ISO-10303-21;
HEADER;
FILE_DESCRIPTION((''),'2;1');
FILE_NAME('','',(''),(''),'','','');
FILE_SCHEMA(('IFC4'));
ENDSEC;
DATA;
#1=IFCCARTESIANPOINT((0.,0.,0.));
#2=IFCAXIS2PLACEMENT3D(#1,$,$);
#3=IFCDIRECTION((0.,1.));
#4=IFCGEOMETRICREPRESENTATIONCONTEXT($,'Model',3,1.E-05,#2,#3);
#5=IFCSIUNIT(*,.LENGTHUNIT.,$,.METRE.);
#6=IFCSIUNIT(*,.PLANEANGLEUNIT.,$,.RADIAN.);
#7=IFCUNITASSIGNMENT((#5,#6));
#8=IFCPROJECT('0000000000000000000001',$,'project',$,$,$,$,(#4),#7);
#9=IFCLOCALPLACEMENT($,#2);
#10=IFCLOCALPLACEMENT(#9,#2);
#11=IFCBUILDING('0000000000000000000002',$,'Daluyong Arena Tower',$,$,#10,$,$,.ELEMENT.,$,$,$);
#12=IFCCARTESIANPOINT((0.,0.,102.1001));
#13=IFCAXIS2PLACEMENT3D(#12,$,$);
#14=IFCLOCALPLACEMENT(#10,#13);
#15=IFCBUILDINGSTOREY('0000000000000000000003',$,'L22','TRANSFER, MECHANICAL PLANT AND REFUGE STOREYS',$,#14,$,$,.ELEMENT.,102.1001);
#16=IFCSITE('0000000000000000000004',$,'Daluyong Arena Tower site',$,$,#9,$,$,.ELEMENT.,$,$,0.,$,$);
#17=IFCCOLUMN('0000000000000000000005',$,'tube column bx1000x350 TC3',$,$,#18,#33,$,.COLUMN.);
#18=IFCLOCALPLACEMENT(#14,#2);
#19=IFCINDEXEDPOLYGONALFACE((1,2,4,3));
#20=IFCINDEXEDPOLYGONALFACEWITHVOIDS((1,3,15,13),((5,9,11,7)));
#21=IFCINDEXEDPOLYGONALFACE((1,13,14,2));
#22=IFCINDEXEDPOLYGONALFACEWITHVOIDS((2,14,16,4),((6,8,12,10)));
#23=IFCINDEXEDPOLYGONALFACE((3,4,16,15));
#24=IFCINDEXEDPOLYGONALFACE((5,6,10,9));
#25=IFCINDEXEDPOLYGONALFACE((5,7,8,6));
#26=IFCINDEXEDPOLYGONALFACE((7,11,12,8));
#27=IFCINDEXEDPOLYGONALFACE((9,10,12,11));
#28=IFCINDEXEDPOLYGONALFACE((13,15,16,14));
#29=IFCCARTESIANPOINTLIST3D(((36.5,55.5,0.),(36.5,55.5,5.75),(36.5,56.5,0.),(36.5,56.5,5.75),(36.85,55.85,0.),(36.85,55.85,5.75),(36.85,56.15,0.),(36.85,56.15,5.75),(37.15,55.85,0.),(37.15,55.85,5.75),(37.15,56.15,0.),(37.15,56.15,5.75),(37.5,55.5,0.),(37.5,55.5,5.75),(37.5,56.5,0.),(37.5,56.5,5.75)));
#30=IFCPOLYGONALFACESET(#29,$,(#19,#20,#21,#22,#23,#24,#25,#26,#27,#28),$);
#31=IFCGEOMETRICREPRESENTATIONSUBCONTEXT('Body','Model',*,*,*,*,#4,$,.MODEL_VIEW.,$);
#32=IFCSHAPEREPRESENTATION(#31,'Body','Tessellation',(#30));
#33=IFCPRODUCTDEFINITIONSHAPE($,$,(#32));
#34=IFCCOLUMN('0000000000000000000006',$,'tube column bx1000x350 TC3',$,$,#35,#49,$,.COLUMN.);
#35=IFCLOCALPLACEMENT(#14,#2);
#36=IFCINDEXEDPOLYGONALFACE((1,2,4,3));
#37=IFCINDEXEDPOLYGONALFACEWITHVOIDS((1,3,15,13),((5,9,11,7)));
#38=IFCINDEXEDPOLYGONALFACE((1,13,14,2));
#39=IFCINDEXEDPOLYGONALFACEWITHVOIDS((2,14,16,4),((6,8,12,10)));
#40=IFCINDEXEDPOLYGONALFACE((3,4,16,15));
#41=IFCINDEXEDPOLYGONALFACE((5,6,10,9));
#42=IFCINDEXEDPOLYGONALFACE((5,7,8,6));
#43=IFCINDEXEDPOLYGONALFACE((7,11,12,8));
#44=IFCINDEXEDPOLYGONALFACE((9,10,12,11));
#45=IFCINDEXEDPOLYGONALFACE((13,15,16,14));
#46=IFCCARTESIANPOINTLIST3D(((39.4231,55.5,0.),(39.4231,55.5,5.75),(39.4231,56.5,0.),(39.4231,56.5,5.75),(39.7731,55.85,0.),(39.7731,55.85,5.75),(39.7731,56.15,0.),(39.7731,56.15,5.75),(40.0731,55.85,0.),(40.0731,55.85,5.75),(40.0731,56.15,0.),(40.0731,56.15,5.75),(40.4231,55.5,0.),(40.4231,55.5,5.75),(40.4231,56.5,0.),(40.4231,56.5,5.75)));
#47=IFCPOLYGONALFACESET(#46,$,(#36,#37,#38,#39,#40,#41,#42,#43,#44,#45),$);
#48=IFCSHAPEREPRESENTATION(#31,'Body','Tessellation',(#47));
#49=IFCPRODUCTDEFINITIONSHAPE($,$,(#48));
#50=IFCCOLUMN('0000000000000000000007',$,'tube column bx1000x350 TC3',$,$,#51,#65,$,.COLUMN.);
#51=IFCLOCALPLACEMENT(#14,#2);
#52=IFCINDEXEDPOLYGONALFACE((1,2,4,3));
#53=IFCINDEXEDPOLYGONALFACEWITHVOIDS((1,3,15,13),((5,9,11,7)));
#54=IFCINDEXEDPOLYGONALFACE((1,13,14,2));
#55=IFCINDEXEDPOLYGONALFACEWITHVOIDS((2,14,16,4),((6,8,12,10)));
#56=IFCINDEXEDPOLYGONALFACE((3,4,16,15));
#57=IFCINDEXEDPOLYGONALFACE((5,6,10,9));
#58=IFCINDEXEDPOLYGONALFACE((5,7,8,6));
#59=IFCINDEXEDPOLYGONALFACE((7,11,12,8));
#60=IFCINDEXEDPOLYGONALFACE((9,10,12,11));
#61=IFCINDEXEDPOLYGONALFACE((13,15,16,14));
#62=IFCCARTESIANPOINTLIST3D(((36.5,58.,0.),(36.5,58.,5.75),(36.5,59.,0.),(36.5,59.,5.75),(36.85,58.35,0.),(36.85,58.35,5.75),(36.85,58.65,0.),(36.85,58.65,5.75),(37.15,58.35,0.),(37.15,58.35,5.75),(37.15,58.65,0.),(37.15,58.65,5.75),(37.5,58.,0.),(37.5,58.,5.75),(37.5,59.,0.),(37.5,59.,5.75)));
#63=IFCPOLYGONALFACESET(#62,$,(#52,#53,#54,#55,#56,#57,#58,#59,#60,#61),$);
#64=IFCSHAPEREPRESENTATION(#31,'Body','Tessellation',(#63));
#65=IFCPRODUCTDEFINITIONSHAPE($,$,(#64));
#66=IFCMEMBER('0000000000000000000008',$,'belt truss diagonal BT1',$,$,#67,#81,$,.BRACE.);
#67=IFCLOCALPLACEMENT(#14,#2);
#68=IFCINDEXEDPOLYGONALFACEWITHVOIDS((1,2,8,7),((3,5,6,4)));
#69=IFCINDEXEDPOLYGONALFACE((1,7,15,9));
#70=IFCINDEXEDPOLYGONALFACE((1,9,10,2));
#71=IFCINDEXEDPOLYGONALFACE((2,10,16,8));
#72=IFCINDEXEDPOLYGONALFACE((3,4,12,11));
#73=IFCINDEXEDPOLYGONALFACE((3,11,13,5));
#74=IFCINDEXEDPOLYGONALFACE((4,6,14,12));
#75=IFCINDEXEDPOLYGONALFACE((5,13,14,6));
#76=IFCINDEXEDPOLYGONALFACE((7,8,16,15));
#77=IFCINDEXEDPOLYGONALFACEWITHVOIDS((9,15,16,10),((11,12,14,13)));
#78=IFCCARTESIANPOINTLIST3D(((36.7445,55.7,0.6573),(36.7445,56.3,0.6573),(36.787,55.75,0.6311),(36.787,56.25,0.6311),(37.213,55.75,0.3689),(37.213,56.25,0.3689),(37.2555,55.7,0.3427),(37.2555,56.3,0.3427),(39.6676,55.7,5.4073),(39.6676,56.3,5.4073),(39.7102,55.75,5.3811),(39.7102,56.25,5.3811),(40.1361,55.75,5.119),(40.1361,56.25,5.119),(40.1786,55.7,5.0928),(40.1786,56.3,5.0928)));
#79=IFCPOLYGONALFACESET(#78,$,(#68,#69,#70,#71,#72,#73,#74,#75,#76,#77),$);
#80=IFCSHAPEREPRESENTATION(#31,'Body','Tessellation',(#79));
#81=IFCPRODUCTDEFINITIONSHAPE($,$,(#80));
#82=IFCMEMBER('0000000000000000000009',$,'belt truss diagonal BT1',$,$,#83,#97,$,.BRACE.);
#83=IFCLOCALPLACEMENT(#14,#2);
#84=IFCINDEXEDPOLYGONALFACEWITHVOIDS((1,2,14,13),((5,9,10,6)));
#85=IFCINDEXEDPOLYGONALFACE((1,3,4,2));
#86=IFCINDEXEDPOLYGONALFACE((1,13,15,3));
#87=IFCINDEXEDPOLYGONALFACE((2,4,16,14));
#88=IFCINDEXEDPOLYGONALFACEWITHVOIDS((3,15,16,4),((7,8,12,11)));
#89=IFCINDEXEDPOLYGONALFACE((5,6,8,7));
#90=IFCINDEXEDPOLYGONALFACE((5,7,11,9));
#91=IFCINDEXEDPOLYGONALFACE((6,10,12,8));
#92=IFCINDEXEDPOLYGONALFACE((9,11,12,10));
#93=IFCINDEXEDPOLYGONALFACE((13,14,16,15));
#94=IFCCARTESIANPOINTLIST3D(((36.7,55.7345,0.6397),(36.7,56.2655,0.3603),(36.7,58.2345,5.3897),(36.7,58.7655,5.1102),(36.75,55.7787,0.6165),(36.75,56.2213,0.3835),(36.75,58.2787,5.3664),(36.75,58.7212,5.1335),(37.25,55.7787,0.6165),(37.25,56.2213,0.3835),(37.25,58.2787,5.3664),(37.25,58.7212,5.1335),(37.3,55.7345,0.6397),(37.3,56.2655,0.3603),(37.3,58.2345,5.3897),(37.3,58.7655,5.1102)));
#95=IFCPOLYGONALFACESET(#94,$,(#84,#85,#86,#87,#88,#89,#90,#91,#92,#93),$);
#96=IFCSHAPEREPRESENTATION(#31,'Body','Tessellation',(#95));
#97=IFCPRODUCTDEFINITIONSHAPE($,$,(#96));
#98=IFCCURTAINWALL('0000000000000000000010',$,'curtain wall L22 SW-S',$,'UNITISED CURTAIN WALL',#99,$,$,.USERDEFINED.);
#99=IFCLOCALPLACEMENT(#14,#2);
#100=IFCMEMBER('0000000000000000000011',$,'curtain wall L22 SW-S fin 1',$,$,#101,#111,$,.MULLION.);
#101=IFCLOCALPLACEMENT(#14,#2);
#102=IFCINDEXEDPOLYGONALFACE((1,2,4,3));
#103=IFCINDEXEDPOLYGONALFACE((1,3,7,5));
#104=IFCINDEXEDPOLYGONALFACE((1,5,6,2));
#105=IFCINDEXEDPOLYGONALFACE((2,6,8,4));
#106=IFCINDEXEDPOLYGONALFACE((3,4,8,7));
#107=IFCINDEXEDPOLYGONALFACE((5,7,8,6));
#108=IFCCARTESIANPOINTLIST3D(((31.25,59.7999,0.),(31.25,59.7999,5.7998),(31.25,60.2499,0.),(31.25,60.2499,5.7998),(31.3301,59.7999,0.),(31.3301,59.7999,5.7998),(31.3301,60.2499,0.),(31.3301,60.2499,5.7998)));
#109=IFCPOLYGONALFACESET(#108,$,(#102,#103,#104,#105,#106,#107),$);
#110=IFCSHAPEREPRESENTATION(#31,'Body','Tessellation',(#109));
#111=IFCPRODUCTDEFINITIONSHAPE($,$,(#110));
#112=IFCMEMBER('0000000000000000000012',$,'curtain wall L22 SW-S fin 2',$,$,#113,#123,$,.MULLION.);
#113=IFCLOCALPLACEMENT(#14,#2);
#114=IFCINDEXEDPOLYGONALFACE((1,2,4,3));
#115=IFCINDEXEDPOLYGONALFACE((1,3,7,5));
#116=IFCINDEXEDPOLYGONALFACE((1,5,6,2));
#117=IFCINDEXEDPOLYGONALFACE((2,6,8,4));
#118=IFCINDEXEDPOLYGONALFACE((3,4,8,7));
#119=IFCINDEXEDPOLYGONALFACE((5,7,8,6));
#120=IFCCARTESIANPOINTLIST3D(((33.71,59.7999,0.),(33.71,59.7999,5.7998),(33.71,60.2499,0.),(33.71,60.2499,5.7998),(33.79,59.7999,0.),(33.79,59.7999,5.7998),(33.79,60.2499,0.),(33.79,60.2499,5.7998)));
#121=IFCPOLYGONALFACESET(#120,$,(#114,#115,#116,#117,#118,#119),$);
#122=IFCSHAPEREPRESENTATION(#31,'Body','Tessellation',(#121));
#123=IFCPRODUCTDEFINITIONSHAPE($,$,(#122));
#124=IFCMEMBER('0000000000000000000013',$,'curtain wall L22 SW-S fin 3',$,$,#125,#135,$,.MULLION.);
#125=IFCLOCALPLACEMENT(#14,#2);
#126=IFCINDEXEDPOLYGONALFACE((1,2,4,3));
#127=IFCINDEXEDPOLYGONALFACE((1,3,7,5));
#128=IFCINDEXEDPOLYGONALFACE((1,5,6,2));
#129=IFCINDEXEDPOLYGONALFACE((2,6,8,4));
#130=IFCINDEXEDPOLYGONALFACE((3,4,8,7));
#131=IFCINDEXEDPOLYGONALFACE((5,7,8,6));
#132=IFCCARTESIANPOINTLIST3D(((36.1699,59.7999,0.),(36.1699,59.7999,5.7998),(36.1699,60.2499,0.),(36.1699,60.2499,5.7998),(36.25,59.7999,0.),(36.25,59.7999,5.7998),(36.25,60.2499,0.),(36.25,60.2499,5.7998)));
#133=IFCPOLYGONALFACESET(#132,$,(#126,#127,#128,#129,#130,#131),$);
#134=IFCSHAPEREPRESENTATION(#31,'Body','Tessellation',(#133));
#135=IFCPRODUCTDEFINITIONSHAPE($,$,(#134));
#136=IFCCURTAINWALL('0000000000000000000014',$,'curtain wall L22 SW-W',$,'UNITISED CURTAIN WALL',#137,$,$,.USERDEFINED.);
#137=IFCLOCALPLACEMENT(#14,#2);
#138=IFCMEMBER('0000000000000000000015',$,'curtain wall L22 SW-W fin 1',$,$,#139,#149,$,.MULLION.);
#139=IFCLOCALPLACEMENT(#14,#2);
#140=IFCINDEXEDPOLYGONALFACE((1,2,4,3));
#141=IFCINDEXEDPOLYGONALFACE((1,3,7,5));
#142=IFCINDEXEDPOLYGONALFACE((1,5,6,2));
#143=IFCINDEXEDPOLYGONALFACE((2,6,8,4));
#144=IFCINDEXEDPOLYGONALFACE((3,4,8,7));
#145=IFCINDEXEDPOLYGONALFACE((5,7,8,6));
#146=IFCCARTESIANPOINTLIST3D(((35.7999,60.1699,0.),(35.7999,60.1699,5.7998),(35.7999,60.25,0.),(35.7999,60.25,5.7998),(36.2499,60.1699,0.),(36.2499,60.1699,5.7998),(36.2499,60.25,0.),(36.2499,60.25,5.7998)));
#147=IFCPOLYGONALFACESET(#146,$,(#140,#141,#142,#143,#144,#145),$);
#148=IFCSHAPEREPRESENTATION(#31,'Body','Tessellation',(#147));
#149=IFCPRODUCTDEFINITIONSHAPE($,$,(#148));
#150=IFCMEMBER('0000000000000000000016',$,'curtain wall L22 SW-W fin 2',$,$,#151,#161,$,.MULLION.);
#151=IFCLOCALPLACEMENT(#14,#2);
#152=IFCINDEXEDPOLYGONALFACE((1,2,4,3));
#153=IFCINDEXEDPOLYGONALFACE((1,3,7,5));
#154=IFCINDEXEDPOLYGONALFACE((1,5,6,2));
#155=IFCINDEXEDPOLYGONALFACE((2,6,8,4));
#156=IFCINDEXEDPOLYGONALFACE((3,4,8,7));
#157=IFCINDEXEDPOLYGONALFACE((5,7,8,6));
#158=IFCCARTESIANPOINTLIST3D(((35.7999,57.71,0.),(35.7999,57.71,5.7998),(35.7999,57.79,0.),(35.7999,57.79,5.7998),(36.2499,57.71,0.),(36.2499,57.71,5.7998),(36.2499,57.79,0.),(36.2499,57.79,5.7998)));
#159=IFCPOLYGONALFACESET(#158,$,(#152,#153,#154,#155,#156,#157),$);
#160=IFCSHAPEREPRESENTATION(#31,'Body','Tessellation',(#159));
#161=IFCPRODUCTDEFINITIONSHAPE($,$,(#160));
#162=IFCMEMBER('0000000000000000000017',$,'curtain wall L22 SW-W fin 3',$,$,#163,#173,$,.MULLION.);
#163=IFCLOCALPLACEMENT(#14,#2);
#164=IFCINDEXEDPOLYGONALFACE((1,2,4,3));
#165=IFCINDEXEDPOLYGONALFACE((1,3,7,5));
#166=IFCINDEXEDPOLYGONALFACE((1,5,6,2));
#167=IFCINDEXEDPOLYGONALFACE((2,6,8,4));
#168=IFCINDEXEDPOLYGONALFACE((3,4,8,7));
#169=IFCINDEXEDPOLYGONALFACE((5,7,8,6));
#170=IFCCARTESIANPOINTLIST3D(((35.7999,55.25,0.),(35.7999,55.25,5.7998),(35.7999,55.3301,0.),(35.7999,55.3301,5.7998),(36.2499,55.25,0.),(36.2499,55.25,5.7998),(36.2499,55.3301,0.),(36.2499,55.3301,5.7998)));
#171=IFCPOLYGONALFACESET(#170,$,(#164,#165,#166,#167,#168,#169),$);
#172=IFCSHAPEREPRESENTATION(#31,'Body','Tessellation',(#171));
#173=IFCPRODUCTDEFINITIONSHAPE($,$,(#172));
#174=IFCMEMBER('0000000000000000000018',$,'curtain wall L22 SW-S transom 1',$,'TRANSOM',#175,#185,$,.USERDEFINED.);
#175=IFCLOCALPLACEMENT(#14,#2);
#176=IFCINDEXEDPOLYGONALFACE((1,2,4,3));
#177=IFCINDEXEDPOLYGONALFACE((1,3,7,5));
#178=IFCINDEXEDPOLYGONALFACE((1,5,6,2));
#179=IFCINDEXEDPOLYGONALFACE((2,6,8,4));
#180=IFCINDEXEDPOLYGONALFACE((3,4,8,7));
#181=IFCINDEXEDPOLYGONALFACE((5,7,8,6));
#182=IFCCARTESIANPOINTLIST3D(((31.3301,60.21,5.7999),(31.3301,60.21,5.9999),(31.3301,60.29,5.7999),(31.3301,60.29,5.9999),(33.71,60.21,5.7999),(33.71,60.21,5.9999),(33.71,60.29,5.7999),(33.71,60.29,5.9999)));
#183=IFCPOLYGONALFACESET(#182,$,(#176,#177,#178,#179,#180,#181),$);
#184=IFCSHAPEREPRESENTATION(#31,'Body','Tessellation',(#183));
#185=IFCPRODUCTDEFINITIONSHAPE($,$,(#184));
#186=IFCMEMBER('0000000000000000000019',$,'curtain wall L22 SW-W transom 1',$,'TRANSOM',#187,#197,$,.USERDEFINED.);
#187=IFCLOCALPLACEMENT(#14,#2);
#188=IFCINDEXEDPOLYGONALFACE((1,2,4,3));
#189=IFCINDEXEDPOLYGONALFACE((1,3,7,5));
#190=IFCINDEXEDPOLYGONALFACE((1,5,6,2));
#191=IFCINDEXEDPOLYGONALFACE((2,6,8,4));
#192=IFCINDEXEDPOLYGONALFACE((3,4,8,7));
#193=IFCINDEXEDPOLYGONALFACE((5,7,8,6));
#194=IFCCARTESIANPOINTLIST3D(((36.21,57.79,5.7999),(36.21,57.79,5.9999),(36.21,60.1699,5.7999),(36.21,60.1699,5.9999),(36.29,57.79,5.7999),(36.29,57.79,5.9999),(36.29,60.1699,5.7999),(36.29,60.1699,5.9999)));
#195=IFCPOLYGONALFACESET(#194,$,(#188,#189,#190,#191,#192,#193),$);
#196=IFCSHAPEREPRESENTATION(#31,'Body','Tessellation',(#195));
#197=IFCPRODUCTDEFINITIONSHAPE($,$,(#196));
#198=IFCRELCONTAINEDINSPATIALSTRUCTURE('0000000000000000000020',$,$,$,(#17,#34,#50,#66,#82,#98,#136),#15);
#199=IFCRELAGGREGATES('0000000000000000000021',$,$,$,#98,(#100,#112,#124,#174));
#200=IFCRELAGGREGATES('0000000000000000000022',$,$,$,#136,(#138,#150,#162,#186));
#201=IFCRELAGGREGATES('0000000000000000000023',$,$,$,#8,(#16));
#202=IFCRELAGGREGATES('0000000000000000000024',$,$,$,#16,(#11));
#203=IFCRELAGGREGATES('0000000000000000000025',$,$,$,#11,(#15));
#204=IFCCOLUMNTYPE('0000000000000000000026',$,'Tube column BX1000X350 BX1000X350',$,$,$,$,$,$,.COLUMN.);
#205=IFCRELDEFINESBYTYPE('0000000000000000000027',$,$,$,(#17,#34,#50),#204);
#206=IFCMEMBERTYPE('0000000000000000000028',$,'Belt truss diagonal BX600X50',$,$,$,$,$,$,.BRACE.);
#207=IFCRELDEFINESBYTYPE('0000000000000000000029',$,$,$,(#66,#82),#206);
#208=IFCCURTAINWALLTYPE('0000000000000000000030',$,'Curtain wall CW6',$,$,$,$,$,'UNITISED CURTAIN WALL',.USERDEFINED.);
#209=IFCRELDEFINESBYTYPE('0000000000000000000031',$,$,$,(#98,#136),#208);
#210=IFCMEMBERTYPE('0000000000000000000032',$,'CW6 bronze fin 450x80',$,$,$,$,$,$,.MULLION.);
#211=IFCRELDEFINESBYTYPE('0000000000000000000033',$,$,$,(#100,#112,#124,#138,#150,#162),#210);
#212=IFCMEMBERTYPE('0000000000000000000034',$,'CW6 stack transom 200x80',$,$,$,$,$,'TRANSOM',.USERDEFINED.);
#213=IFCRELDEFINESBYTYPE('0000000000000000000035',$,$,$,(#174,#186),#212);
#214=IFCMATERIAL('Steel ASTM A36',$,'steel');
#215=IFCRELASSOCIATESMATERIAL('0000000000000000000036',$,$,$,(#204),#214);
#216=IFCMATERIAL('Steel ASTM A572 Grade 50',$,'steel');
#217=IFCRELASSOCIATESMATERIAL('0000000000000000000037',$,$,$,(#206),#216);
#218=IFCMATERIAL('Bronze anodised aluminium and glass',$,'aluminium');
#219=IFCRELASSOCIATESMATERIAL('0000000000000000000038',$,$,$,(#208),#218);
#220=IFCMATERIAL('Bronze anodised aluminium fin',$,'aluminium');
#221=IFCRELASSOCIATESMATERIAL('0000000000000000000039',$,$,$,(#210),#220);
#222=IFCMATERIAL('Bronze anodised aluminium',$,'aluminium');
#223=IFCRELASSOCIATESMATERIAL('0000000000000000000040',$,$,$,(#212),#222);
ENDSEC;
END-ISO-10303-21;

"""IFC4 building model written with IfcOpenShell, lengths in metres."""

from ifc_helpers import new_model, si_unit, direction, frame, origin, origin_2d, place, context, subcontext, project, spatial, rectangle, hollow_rectangle, extrude, material, material_profile, profile_set, type_object, element, aggregate, save


model = new_model("IFC4")

# Units and contexts
model_context = context("Model", 3, precision=1e-05, world=origin(), true_north=direction((0.0, 1.0)))
body_context = subcontext(model_context, "Body", "Model", "MODEL_VIEW")
ifc_project = project(units=[si_unit("LENGTHUNIT", "METRE"), si_unit("PLANEANGLEUNIT", "RADIAN")], contexts=[model_context])

# Site, building, storey
site_placement = place(None, origin())
site = spatial("IfcSite", under=ifc_project, at=site_placement, Name="Daluyong Arena Tower site", CompositionType="ELEMENT", RefElevation=0.0)
building_placement = place(site_placement, origin())
building = spatial("IfcBuilding", under=site, at=building_placement, Name="Daluyong Arena Tower", CompositionType="ELEMENT")
storey_placement = place(building_placement, frame((0.0, 0.0, 102.1001)))
storey = spatial("IfcBuildingStorey", under=building, at=storey_placement, Name="L22", Description="TRANSFER, MECHANICAL PLANT AND REFUGE STOREYS", CompositionType="ELEMENT", Elevation=102.1001)

# Columns
ifc_material_1 = material(Name="Steel ASTM A36", Category="steel")
ifc_material_profile_1 = material_profile(ifc_material_1, hollow_rectangle(XDim=1.0, YDim=1.0, WallThickness=0.35, at=origin_2d()))
ifc_profile_set_1 = profile_set([ifc_material_profile_1], Name="Steel ASTM A36")
column_type = type_object("IfcColumnType", Name="Tube column BX1000X350 BX1000X350", PredefinedType="COLUMN", material=ifc_profile_set_1)
for number, where, z_axis, x_axis, name in (
    (1, (37.0, 56.0, 0.0), (0.0, 0.0, 1.0), (1.0, 0.0, 0.0), "tube column bx1000x350 TC3"),
    (2, (39.9231, 56.0, 0.0), (0.0, 0.0, 1.0), (1.0, 0.0, 0.0), "tube column bx1000x350 TC3"),
    (3, (37.0, 58.5, 0.0), (0.0, 0.0, 1.0), (0.0, 1.0, 0.0), "tube column bx1000x350 TC3"),
):
    element("IfcColumn", number, at=place(storey_placement, frame(where, z_axis=z_axis, x_axis=x_axis)), inside=storey, type_object=column_type, Name=name, PredefinedType="COLUMN", context=body_context, shape_type="SweptSolid", body=[
        extrude(hollow_rectangle(XDim=1.0, YDim=1.0, WallThickness=0.35, at=origin_2d()), origin(), (0.0, 0.0, 1.0), 5.75),
    ])

# Members
ifc_material_2 = material(Name="Steel ASTM A572 Grade 50", Category="steel")
ifc_material_profile_2 = material_profile(ifc_material_2, hollow_rectangle(XDim=0.6001, YDim=0.6001, WallThickness=0.05, at=origin_2d()))
ifc_profile_set_2 = profile_set([ifc_material_profile_2], Name="Steel ASTM A572 Grade 50")
member_type_1 = type_object("IfcMemberType", Name="Belt truss diagonal BX600X50", PredefinedType="BRACE", material=ifc_profile_set_2)
member_1_placement = place(storey_placement, frame((37.0, 56.0, 0.5), z_axis=(0.5241, 0.0, 0.851657), x_axis=(0.0, 1.0, 0.0)))
element("IfcMember", 4, at=member_1_placement, inside=storey, type_object=member_type_1, Name="belt truss diagonal BT1", PredefinedType="BRACE", context=body_context, shape_type="SweptSolid", body=[
    extrude(hollow_rectangle(XDim=0.6001, YDim=0.6001, WallThickness=0.05, at=origin_2d()), origin(), (0.0, 0.0, 1.0), 5.5774),
])
member_2_placement = place(storey_placement, frame((37.0, 56.0, 0.5), z_axis=(0.0, 0.465746, 0.884918), x_axis=(-1.0, 0.0, 0.0)))
element("IfcMember", 5, at=member_2_placement, inside=storey, type_object=member_type_1, Name="belt truss diagonal BT1", PredefinedType="BRACE", context=body_context, shape_type="SweptSolid", body=[
    extrude(hollow_rectangle(XDim=0.6001, YDim=0.6001, WallThickness=0.05, at=origin_2d()), origin(), (0.0, 0.0, 1.0), 5.3677),
])

# Curtain walls, members
ifc_material_3 = material(Name="Bronze anodised aluminium and glass", Category="aluminium")
curtain_wall_type = type_object("IfcCurtainWallType", Name="Curtain wall CW6", ElementType="UNITISED CURTAIN WALL", PredefinedType="USERDEFINED", material=ifc_material_3)
curtain_wall_1_placement = place(storey_placement, origin())
curtain_wall_1 = element("IfcCurtainWall", 6, at=curtain_wall_1_placement, inside=storey, type_object=curtain_wall_type, Name="curtain wall L22 SW-S", ObjectType="UNITISED CURTAIN WALL", PredefinedType="USERDEFINED")
ifc_material_4 = material(Name="Bronze anodised aluminium fin", Category="aluminium")
ifc_material_profile_3 = material_profile(ifc_material_4, rectangle(XDim=0.45, YDim=0.0801, at=origin_2d()))
ifc_profile_set_3 = profile_set([ifc_material_profile_3], Name="Bronze anodised aluminium fin")
member_type_2 = type_object("IfcMemberType", Name="CW6 bronze fin 450x80", PredefinedType="MULLION", material=ifc_profile_set_3)
member_3_placement = place(storey_placement, frame((31.29, 60.0249, 0.0), z_axis=(0.0, 0.0, 1.0), x_axis=(0.0, 1.0, 0.0)))
member_3 = element("IfcMember", 7, at=member_3_placement, type_object=member_type_2, Name="curtain wall L22 SW-S fin 1", PredefinedType="MULLION", context=body_context, shape_type="SweptSolid", body=[
    extrude(rectangle(XDim=0.45, YDim=0.0801, at=origin_2d()), origin(), (0.0, 0.0, 1.0), 5.7998),
])
member_4_placement = place(storey_placement, frame((33.75, 60.0249, 0.0), z_axis=(0.0, 0.0, 1.0), x_axis=(0.0, 1.0, 0.0)))
member_4 = element("IfcMember", 8, at=member_4_placement, type_object=member_type_2, Name="curtain wall L22 SW-S fin 2", PredefinedType="MULLION", context=body_context, shape_type="SweptSolid", body=[
    extrude(rectangle(XDim=0.45, YDim=0.0801, at=origin_2d()), origin(), (0.0, 0.0, 1.0), 5.7998),
])
member_5_placement = place(storey_placement, frame((36.21, 60.0249, 0.0), z_axis=(0.0, 0.0, 1.0), x_axis=(0.0, 1.0, 0.0)))
member_5 = element("IfcMember", 9, at=member_5_placement, type_object=member_type_2, Name="curtain wall L22 SW-S fin 3", PredefinedType="MULLION", context=body_context, shape_type="SweptSolid", body=[
    extrude(rectangle(XDim=0.45, YDim=0.0801, at=origin_2d()), origin(), (0.0, 0.0, 1.0), 5.7998),
])
curtain_wall_2_placement = place(storey_placement, origin())
curtain_wall_2 = element("IfcCurtainWall", 10, at=curtain_wall_2_placement, inside=storey, type_object=curtain_wall_type, Name="curtain wall L22 SW-W", ObjectType="UNITISED CURTAIN WALL", PredefinedType="USERDEFINED")
member_6_placement = place(storey_placement, frame((36.0249, 60.21, 0.0), z_axis=(0.0, 0.0, 1.0), x_axis=(1.0, 0.0, 0.0)))
member_6 = element("IfcMember", 11, at=member_6_placement, type_object=member_type_2, Name="curtain wall L22 SW-W fin 1", PredefinedType="MULLION", context=body_context, shape_type="SweptSolid", body=[
    extrude(rectangle(XDim=0.45, YDim=0.0801, at=origin_2d()), origin(), (0.0, 0.0, 1.0), 5.7998),
])
member_7_placement = place(storey_placement, frame((36.0249, 57.75, 0.0), z_axis=(0.0, 0.0, 1.0), x_axis=(1.0, 0.0, 0.0)))
member_7 = element("IfcMember", 12, at=member_7_placement, type_object=member_type_2, Name="curtain wall L22 SW-W fin 2", PredefinedType="MULLION", context=body_context, shape_type="SweptSolid", body=[
    extrude(rectangle(XDim=0.45, YDim=0.0801, at=origin_2d()), origin(), (0.0, 0.0, 1.0), 5.7998),
])
member_8_placement = place(storey_placement, frame((36.0249, 55.29, 0.0), z_axis=(0.0, 0.0, 1.0), x_axis=(1.0, 0.0, 0.0)))
member_8 = element("IfcMember", 13, at=member_8_placement, type_object=member_type_2, Name="curtain wall L22 SW-W fin 3", PredefinedType="MULLION", context=body_context, shape_type="SweptSolid", body=[
    extrude(rectangle(XDim=0.45, YDim=0.0801, at=origin_2d()), origin(), (0.0, 0.0, 1.0), 5.7998),
])

# Members
ifc_material_5 = material(Name="Bronze anodised aluminium", Category="aluminium")
ifc_material_profile_4 = material_profile(ifc_material_5, rectangle(XDim=0.0801, YDim=0.2, at=origin_2d()))
ifc_profile_set_4 = profile_set([ifc_material_profile_4], Name="Bronze anodised aluminium")
member_type_3 = type_object("IfcMemberType", Name="CW6 stack transom 200x80", ElementType="TRANSOM", PredefinedType="USERDEFINED", material=ifc_profile_set_4)
member_9_placement = place(storey_placement, frame((31.3301, 60.25, 5.8999), z_axis=(1.0, 0.0, 0.0), x_axis=(0.0, 1.0, 0.0)))
member_9 = element("IfcMember", 14, at=member_9_placement, type_object=member_type_3, Name="curtain wall L22 SW-S transom 1", ObjectType="TRANSOM", PredefinedType="USERDEFINED", context=body_context, shape_type="SweptSolid", body=[
    extrude(rectangle(XDim=0.0801, YDim=0.2, at=origin_2d()), origin(), (0.0, 0.0, 1.0), 2.3799),
])
member_10_placement = place(storey_placement, frame((36.25, 60.1699, 5.8999), z_axis=(0.0, -1.0, 0.0), x_axis=(1.0, 0.0, 0.0)))
member_10 = element("IfcMember", 15, at=member_10_placement, type_object=member_type_3, Name="curtain wall L22 SW-W transom 1", ObjectType="TRANSOM", PredefinedType="USERDEFINED", context=body_context, shape_type="SweptSolid", body=[
    extrude(rectangle(XDim=0.0801, YDim=0.2, at=origin_2d()), origin(), (0.0, 0.0, 1.0), 2.3799),
])

aggregate(curtain_wall_1, [member_3, member_4, member_5, member_9])
aggregate(curtain_wall_2, [member_6, member_7, member_8, member_10])

save(model, "model.ifc")
